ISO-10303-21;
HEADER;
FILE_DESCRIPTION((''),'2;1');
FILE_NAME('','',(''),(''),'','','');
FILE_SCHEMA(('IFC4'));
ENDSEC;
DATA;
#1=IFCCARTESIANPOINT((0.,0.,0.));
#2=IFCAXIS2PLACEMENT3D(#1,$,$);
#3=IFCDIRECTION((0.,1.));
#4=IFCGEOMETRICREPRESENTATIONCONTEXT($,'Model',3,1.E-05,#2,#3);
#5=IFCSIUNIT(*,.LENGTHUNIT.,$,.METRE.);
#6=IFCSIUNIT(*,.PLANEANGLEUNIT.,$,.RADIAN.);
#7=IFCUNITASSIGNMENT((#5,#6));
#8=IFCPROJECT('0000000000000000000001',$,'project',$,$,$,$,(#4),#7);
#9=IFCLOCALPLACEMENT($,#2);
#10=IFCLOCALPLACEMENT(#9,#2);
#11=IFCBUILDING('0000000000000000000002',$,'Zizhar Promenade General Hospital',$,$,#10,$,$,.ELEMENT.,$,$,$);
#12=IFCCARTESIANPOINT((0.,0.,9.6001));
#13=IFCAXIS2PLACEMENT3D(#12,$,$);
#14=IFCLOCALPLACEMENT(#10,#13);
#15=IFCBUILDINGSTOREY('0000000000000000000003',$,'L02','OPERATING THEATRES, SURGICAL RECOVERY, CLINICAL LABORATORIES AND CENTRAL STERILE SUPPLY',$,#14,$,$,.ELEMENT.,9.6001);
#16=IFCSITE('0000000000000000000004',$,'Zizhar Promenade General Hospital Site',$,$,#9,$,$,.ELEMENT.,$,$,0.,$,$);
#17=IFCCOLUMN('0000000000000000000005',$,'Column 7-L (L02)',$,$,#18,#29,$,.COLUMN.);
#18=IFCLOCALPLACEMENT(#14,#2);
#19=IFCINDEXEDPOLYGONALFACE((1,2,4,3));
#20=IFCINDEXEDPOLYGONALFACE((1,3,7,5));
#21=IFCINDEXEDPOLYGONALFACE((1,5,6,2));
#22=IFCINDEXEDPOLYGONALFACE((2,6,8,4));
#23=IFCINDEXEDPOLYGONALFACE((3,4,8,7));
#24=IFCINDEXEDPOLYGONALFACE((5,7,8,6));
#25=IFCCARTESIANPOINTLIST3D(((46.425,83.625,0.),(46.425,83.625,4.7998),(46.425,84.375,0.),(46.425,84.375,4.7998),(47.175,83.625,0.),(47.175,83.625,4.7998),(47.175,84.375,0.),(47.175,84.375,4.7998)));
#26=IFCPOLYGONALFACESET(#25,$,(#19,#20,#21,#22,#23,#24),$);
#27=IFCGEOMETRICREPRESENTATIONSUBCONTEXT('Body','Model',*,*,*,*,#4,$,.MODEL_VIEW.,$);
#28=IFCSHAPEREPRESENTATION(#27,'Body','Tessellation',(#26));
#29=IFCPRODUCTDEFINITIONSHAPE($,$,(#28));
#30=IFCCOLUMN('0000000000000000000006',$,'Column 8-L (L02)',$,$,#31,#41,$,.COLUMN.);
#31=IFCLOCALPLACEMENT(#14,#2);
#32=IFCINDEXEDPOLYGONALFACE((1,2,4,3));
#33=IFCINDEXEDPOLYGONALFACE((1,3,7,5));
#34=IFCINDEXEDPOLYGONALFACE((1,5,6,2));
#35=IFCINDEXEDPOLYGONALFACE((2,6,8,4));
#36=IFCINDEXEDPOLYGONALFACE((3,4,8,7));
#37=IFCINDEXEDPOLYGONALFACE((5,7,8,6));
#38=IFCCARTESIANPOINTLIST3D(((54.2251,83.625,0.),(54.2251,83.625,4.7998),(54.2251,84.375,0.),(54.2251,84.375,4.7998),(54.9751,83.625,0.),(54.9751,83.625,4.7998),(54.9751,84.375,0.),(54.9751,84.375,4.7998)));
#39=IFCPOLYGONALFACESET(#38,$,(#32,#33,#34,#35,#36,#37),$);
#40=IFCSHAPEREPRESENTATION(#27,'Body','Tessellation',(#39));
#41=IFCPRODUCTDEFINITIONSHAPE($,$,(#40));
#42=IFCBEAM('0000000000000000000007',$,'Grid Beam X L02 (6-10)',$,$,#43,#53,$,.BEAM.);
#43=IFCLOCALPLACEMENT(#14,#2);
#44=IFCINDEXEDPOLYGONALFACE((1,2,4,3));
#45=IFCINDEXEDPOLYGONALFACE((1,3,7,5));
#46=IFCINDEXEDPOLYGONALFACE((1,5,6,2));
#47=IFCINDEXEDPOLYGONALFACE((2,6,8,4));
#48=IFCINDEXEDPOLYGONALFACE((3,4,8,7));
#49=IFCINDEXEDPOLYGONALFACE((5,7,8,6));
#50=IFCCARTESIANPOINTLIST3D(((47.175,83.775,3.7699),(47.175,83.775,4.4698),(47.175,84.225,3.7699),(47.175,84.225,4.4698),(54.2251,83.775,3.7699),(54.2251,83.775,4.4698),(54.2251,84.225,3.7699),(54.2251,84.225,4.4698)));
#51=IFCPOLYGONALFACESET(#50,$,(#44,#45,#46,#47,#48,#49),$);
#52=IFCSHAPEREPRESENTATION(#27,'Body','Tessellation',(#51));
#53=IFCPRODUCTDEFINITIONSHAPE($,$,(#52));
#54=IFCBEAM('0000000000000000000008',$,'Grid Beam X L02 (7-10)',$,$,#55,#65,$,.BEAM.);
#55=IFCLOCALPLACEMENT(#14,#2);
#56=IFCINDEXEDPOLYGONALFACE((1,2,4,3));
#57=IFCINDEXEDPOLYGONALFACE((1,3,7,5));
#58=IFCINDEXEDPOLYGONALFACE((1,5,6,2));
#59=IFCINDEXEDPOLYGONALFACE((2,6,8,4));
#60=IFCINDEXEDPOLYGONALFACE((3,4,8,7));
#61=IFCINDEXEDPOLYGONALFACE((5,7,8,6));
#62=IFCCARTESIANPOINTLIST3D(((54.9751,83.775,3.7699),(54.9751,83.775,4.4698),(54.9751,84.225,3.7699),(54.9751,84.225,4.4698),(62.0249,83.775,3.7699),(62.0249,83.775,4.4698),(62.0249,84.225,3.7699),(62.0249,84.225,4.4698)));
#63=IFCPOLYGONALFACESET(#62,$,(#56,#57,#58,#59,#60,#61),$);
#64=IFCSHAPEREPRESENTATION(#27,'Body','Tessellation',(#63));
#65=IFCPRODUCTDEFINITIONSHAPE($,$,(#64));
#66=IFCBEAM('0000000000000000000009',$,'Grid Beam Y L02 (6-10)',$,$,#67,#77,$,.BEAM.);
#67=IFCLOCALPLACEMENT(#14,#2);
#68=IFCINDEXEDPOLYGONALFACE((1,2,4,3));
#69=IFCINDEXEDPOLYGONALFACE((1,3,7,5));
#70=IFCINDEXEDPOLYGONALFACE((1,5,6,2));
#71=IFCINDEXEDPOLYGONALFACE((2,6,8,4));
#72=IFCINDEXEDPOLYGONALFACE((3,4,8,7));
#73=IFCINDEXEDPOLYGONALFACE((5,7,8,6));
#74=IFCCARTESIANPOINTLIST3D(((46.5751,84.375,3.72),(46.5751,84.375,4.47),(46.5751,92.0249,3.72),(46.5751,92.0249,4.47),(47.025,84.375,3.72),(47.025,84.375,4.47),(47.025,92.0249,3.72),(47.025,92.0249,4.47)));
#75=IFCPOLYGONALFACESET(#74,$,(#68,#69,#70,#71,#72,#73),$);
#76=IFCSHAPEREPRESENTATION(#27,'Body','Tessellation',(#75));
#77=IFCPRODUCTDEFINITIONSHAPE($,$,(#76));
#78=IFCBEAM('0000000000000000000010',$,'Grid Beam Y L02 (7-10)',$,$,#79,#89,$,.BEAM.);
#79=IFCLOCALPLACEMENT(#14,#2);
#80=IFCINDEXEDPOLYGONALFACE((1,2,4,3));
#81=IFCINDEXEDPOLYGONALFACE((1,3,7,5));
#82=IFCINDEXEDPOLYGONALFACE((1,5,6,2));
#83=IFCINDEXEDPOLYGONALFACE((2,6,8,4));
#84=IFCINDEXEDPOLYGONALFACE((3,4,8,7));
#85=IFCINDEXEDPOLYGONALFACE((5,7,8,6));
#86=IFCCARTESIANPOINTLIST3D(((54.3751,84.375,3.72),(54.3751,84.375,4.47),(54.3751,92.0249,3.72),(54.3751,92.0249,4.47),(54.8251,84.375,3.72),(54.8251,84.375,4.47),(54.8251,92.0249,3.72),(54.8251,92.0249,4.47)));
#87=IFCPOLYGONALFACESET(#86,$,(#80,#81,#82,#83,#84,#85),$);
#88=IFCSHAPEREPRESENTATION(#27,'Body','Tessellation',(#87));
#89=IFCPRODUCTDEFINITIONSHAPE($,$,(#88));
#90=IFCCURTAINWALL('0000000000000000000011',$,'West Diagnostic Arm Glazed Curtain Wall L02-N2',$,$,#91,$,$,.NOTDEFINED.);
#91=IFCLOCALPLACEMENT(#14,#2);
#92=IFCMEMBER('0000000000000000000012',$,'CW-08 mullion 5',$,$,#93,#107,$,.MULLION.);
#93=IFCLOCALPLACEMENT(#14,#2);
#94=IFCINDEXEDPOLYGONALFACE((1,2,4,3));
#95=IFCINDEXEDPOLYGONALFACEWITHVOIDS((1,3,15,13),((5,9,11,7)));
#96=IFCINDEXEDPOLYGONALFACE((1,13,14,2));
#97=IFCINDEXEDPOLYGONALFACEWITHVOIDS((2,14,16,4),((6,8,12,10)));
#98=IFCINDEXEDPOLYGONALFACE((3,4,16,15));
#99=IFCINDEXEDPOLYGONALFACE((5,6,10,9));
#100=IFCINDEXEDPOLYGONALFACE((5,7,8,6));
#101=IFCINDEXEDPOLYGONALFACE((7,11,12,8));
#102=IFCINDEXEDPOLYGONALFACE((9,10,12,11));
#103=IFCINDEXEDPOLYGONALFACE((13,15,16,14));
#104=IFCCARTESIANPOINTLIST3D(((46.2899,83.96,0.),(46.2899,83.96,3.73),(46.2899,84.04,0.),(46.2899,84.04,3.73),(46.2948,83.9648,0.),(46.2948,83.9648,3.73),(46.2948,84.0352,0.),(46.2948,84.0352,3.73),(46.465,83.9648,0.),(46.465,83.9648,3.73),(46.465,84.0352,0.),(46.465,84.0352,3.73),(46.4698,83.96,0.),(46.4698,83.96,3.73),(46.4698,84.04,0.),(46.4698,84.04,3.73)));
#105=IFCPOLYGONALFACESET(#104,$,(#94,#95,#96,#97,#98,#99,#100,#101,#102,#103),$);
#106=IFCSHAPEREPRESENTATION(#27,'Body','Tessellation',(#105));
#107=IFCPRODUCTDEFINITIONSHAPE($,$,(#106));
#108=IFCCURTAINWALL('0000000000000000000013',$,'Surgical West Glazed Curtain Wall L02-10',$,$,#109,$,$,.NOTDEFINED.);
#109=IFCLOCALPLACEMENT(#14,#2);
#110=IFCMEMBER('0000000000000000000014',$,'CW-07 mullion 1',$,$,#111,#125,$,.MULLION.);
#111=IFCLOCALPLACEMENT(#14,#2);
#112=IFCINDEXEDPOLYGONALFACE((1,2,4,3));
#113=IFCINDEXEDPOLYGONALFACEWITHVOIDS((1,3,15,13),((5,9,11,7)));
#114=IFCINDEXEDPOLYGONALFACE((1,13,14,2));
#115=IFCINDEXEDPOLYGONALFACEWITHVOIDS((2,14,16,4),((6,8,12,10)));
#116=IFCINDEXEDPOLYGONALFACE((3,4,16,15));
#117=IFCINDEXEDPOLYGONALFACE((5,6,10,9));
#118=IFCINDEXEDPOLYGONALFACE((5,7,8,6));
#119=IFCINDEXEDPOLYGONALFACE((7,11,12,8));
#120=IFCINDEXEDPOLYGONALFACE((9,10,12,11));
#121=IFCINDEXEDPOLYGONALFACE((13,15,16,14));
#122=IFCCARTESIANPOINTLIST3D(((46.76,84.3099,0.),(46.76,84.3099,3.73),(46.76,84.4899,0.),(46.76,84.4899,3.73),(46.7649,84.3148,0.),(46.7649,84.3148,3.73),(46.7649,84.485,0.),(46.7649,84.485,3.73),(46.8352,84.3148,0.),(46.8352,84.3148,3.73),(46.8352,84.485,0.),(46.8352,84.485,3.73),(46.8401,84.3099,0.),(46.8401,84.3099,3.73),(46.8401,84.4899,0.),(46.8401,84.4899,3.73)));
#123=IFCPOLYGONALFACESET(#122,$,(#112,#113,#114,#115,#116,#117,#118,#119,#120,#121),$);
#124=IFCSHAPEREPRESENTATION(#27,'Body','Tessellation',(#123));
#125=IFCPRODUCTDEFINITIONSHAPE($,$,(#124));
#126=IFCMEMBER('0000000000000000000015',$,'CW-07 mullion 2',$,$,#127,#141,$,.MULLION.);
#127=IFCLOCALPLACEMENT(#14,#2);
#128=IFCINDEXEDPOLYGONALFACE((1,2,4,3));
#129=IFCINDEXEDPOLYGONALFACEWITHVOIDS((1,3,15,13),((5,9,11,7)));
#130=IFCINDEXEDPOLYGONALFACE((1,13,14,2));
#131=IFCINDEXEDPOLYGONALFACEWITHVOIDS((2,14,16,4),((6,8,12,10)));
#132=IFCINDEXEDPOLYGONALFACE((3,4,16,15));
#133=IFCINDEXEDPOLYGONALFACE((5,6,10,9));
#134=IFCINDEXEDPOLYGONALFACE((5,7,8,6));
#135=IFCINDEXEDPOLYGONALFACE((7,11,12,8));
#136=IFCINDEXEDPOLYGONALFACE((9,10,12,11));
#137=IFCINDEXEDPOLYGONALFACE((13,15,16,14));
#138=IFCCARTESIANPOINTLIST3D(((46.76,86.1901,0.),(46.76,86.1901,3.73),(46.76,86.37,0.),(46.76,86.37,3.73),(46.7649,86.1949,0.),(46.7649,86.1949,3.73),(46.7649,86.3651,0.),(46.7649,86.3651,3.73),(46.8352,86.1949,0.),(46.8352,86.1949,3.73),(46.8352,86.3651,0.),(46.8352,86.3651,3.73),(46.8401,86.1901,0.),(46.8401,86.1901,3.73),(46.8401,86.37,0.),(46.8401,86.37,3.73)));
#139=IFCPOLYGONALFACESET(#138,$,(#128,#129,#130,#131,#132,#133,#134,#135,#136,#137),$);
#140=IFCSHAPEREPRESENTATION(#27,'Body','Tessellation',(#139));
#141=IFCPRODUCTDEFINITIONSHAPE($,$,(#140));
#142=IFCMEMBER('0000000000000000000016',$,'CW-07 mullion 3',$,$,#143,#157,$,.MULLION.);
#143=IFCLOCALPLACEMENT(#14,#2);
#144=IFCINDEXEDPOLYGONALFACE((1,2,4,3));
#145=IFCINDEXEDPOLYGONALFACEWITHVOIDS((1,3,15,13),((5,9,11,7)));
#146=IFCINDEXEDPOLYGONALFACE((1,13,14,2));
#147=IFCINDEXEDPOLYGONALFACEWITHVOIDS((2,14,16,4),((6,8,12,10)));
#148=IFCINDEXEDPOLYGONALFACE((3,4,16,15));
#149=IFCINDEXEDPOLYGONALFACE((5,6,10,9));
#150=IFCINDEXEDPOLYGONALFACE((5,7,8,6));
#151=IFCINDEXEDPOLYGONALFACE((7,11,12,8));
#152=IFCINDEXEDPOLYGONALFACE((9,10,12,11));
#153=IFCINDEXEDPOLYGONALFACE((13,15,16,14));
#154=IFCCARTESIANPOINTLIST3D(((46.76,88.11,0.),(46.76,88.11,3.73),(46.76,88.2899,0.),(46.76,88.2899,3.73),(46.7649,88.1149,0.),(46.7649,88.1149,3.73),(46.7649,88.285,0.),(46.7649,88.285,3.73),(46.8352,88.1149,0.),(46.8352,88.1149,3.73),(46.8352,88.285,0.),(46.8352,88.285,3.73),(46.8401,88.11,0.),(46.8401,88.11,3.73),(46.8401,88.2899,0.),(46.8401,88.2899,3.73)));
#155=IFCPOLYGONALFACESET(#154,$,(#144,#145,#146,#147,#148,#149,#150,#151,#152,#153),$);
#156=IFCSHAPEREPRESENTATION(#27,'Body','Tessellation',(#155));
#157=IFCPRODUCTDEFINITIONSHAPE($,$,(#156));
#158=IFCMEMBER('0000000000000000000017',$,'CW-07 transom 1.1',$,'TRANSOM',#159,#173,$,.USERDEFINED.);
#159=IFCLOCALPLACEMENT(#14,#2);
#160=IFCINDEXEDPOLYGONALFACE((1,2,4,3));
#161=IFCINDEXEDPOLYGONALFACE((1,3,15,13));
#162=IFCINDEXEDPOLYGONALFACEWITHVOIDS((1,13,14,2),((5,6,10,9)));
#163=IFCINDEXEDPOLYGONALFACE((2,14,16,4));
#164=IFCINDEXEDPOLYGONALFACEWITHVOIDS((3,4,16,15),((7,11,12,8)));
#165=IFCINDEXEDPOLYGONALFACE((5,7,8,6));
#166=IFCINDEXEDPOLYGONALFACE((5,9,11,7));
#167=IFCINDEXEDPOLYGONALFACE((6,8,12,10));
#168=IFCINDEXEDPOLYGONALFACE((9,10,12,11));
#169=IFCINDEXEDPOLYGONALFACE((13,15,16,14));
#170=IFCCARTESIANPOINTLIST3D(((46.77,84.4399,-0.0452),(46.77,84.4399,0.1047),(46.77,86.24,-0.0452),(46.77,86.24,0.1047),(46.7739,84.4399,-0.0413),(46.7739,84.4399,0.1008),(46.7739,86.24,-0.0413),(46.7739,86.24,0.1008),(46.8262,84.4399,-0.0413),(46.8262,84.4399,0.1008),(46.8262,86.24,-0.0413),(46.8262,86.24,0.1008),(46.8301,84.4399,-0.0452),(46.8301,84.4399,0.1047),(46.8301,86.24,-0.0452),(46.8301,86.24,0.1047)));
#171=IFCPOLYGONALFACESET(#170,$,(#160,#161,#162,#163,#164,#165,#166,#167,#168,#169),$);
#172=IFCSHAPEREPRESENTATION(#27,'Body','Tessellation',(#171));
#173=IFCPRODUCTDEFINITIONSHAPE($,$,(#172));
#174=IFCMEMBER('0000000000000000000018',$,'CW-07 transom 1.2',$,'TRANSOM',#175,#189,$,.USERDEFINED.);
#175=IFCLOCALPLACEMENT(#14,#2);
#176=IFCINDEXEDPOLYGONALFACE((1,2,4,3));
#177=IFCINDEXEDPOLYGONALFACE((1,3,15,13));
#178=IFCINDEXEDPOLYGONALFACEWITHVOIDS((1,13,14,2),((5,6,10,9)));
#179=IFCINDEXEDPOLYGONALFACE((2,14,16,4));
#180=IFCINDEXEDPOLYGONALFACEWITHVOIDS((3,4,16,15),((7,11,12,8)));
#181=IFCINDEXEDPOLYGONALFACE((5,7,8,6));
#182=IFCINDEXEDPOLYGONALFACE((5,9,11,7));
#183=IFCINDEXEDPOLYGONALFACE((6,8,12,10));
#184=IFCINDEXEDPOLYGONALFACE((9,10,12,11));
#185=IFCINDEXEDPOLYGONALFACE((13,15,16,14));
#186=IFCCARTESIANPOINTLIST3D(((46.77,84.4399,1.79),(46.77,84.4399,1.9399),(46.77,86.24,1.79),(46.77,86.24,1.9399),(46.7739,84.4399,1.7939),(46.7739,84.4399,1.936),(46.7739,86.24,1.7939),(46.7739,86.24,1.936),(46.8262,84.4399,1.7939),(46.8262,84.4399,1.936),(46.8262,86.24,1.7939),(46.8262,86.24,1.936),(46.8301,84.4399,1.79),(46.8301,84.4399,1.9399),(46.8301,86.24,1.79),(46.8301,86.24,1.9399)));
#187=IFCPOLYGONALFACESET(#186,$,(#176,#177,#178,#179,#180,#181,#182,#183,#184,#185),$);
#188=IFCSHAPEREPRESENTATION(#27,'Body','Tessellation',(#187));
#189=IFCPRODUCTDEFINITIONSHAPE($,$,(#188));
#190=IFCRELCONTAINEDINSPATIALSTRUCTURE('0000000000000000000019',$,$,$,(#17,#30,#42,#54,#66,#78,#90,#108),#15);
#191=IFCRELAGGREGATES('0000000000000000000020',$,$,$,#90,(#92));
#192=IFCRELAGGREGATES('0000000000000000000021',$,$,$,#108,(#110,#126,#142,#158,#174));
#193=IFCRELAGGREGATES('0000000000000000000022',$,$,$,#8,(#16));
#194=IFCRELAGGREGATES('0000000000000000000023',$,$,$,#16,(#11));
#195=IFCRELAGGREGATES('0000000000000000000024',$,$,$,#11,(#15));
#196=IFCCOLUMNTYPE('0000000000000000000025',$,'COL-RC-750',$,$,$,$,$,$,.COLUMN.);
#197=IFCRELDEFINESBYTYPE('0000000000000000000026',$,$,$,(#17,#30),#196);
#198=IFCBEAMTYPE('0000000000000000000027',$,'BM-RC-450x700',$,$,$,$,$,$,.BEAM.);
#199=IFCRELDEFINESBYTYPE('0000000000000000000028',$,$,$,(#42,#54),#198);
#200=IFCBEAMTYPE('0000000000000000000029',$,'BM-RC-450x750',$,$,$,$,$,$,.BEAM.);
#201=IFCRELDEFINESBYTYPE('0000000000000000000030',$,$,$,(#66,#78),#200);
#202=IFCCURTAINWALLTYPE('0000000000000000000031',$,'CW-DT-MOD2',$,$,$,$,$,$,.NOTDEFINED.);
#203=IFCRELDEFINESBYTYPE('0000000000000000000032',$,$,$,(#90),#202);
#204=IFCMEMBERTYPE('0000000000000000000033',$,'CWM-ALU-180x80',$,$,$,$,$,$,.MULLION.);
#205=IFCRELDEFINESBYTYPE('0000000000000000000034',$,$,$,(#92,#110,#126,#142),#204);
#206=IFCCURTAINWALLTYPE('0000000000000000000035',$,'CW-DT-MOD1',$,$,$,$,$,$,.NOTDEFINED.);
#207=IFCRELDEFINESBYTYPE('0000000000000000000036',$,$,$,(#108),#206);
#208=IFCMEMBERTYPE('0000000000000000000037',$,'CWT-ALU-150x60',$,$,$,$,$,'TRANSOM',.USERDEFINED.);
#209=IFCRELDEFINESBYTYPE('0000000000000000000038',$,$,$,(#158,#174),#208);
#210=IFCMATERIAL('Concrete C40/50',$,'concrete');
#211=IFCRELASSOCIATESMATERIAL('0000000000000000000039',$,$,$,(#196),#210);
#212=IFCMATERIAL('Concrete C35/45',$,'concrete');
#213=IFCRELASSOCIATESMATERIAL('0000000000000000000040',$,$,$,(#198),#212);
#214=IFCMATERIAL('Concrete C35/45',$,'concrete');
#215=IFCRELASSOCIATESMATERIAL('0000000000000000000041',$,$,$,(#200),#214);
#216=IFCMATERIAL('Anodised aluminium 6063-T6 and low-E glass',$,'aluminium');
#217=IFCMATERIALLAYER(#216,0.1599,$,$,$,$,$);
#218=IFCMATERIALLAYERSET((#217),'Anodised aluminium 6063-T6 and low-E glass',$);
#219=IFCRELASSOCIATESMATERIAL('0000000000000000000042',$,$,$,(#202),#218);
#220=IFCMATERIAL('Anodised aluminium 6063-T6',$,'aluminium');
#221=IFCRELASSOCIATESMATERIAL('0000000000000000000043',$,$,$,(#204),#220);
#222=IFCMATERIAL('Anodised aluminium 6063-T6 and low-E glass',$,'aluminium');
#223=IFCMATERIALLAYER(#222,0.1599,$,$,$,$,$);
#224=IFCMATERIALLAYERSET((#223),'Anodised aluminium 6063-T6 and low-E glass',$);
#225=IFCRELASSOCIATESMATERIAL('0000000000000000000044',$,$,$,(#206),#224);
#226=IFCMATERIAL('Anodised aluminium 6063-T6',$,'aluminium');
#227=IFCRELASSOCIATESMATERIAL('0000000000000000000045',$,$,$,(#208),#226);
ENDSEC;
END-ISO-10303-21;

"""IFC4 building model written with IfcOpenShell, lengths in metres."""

from ifc_helpers import new_model, si_unit, direction, frame, origin, origin_2d, place, context, subcontext, project, spatial, rectangle, hollow_rectangle, extrude, material, layer, layer_set, material_profile, profile_set, type_object, element, aggregate, save


model = new_model("IFC4")

# Units and contexts
model_context = context("Model", 3, precision=1e-05, world=origin(), true_north=direction((0.0, 1.0)))
body_context = subcontext(model_context, "Body", "Model", "MODEL_VIEW")
ifc_project = project(units=[si_unit("LENGTHUNIT", "METRE"), si_unit("PLANEANGLEUNIT", "RADIAN")], contexts=[model_context])

# Site, building, storey
site_placement = place(None, origin())
site = spatial("IfcSite", under=ifc_project, at=site_placement, Name="Zizhar Promenade General Hospital Site", CompositionType="ELEMENT", RefElevation=0.0)
building_placement = place(site_placement, origin())
building = spatial("IfcBuilding", under=site, at=building_placement, Name="Zizhar Promenade General Hospital", CompositionType="ELEMENT")
storey_placement = place(building_placement, frame((0.0, 0.0, 9.6001)))
storey = spatial("IfcBuildingStorey", under=building, at=storey_placement, Name="L02", Description="OPERATING THEATRES, SURGICAL RECOVERY, CLINICAL LABORATORIES AND CENTRAL STERILE SUPPLY", CompositionType="ELEMENT", Elevation=9.6001)

# Columns
ifc_material_1 = material(Name="Concrete C40/50", Category="concrete")
ifc_material_profile_1 = material_profile(ifc_material_1, rectangle(XDim=0.75, YDim=0.75, at=origin_2d()))
ifc_profile_set_1 = profile_set([ifc_material_profile_1], Name="Concrete C40/50")
column_type = type_object("IfcColumnType", Name="COL-RC-750", PredefinedType="COLUMN", material=ifc_profile_set_1)
for number, where, z_axis, x_axis, name in (
    (1, (46.8, 84.0, 0.0), (0.0, 0.0, 1.0), (1.0, 0.0, 0.0), "Column 7-L (L02)"),
    (2, (54.6001, 84.0, 0.0), (0.0, 0.0, 1.0), (1.0, 0.0, 0.0), "Column 8-L (L02)"),
):
    element("IfcColumn", number, at=place(storey_placement, frame(where, z_axis=z_axis, x_axis=x_axis)), inside=storey, type_object=column_type, Name=name, PredefinedType="COLUMN", context=body_context, shape_type="SweptSolid", body=[
        extrude(rectangle(XDim=0.75, YDim=0.75, at=origin_2d()), origin(), (0.0, 0.0, 1.0), 4.7998),
    ])

# Beams
ifc_material_2 = material(Name="Concrete C35/45", Category="concrete")
ifc_material_profile_2 = material_profile(ifc_material_2, rectangle(XDim=0.45, YDim=0.7, at=origin_2d()))
ifc_profile_set_2 = profile_set([ifc_material_profile_2], Name="Concrete C35/45")
beam_type_1 = type_object("IfcBeamType", Name="BM-RC-450x700", PredefinedType="BEAM", material=ifc_profile_set_2)
beam_1_placement = place(storey_placement, frame((47.175, 84.0, 4.1199), z_axis=(1.0, 0.0, 0.0), x_axis=(0.0, 1.0, 0.0)))
element("IfcBeam", 3, at=beam_1_placement, inside=storey, type_object=beam_type_1, Name="Grid Beam X L02 (6-10)", PredefinedType="BEAM", context=body_context, shape_type="SweptSolid", body=[
    extrude(rectangle(XDim=0.45, YDim=0.7, at=origin_2d()), origin(), (0.0, 0.0, 1.0), 7.05),
])
beam_2_placement = place(storey_placement, frame((54.9751, 84.0, 4.1199), z_axis=(1.0, 0.0, 0.0), x_axis=(0.0, 1.0, 0.0)))
element("IfcBeam", 4, at=beam_2_placement, inside=storey, type_object=beam_type_1, Name="Grid Beam X L02 (7-10)", PredefinedType="BEAM", context=body_context, shape_type="SweptSolid", body=[
    extrude(rectangle(XDim=0.45, YDim=0.7, at=origin_2d()), origin(), (0.0, 0.0, 1.0), 7.0498),
])
ifc_material_3 = material(Name="Concrete C35/45", Category="concrete")
ifc_material_profile_3 = material_profile(ifc_material_3, rectangle(XDim=0.45, YDim=0.75, at=origin_2d()))
ifc_profile_set_3 = profile_set([ifc_material_profile_3], Name="Concrete C35/45")
beam_type_2 = type_object("IfcBeamType", Name="BM-RC-450x750", PredefinedType="BEAM", material=ifc_profile_set_3)
for number, where, z_axis, x_axis, name in (
    (5, (46.8, 84.375, 4.095), (0.0, 1.0, 0.0), (-1.0, 0.0, 0.0), "Grid Beam Y L02 (6-10)"),
    (6, (54.6001, 84.375, 4.095), (0.0, 1.0, 0.0), (-1.0, 0.0, 0.0), "Grid Beam Y L02 (7-10)"),
):
    element("IfcBeam", number, at=place(storey_placement, frame(where, z_axis=z_axis, x_axis=x_axis)), inside=storey, type_object=beam_type_2, Name=name, PredefinedType="BEAM", context=body_context, shape_type="SweptSolid", body=[
        extrude(rectangle(XDim=0.45, YDim=0.75, at=origin_2d()), origin(), (0.0, 0.0, 1.0), 7.6499),
    ])

# Curtain wall, member
ifc_material_4 = material(Name="Anodised aluminium 6063-T6 and low-E glass", Category="aluminium")
ifc_layer_1 = layer(ifc_material_4, 0.1599)
ifc_layer_set_1 = layer_set([ifc_layer_1], Name="Anodised aluminium 6063-T6 and low-E glass")
curtain_wall_type_1 = type_object("IfcCurtainWallType", Name="CW-DT-MOD2", PredefinedType="NOTDEFINED", material=ifc_layer_set_1)
curtain_wall_1_placement = place(storey_placement, origin())
curtain_wall_1 = element("IfcCurtainWall", 7, at=curtain_wall_1_placement, inside=storey, type_object=curtain_wall_type_1, Name="West Diagnostic Arm Glazed Curtain Wall L02-N2", PredefinedType="NOTDEFINED")
ifc_material_5 = material(Name="Anodised aluminium 6063-T6", Category="aluminium")
ifc_material_profile_4 = material_profile(ifc_material_5, hollow_rectangle(XDim=0.0801, YDim=0.1799, WallThickness=0.0049, at=origin_2d()))
ifc_profile_set_4 = profile_set([ifc_material_profile_4], Name="Anodised aluminium 6063-T6")
member_type_1 = type_object("IfcMemberType", Name="CWM-ALU-180x80", PredefinedType="MULLION", material=ifc_profile_set_4)
member_1_placement = place(storey_placement, frame((46.3799, 84.0, 0.0), z_axis=(0.0, 0.0, 1.0), x_axis=(0.0, 1.0, 0.0)))
member_1 = element("IfcMember", 8, at=member_1_placement, type_object=member_type_1, Name="CW-08 mullion 5", PredefinedType="MULLION", context=body_context, shape_type="SweptSolid", body=[
    extrude(hollow_rectangle(XDim=0.0801, YDim=0.1799, WallThickness=0.0049, at=origin_2d()), origin(), (0.0, 0.0, 1.0), 3.73),
])
aggregate(curtain_wall_1, [member_1])

# Curtain wall, members
ifc_material_6 = material(Name="Anodised aluminium 6063-T6 and low-E glass", Category="aluminium")
ifc_layer_2 = layer(ifc_material_6, 0.1599)
ifc_layer_set_2 = layer_set([ifc_layer_2], Name="Anodised aluminium 6063-T6 and low-E glass")
curtain_wall_type_2 = type_object("IfcCurtainWallType", Name="CW-DT-MOD1", PredefinedType="NOTDEFINED", material=ifc_layer_set_2)
curtain_wall_2_placement = place(storey_placement, origin())
curtain_wall_2 = element("IfcCurtainWall", 9, at=curtain_wall_2_placement, inside=storey, type_object=curtain_wall_type_2, Name="Surgical West Glazed Curtain Wall L02-10", PredefinedType="NOTDEFINED")
member_2_placement = place(storey_placement, frame((46.8, 84.3999, 0.0), z_axis=(0.0, 0.0, 1.0), x_axis=(-1.0, 0.0, 0.0)))
member_2 = element("IfcMember", 10, at=member_2_placement, type_object=member_type_1, Name="CW-07 mullion 1", PredefinedType="MULLION", context=body_context, shape_type="SweptSolid", body=[
    extrude(hollow_rectangle(XDim=0.0801, YDim=0.1799, WallThickness=0.0049, at=origin_2d()), origin(), (0.0, 0.0, 1.0), 3.73),
])
member_3_placement = place(storey_placement, frame((46.8, 86.28, 0.0), z_axis=(0.0, 0.0, 1.0), x_axis=(-1.0, 0.0, 0.0)))
member_3 = element("IfcMember", 11, at=member_3_placement, type_object=member_type_1, Name="CW-07 mullion 2", PredefinedType="MULLION", context=body_context, shape_type="SweptSolid", body=[
    extrude(hollow_rectangle(XDim=0.0801, YDim=0.1799, WallThickness=0.0049, at=origin_2d()), origin(), (0.0, 0.0, 1.0), 3.73),
])
member_4_placement = place(storey_placement, frame((46.8, 88.2, 0.0), z_axis=(0.0, 0.0, 1.0), x_axis=(-1.0, 0.0, 0.0)))
member_4 = element("IfcMember", 12, at=member_4_placement, type_object=member_type_1, Name="CW-07 mullion 3", PredefinedType="MULLION", context=body_context, shape_type="SweptSolid", body=[
    extrude(hollow_rectangle(XDim=0.0801, YDim=0.1799, WallThickness=0.0049, at=origin_2d()), origin(), (0.0, 0.0, 1.0), 3.73),
])
ifc_material_7 = material(Name="Anodised aluminium 6063-T6", Category="aluminium")
ifc_material_profile_5 = material_profile(ifc_material_7, hollow_rectangle(XDim=0.0601, YDim=0.1499, WallThickness=0.0039, at=origin_2d()))
ifc_profile_set_5 = profile_set([ifc_material_profile_5], Name="Anodised aluminium 6063-T6")
member_type_2 = type_object("IfcMemberType", Name="CWT-ALU-150x60", ElementType="TRANSOM", PredefinedType="USERDEFINED", material=ifc_profile_set_5)
member_5_placement = place(storey_placement, frame((46.8, 84.4399, 0.0298), z_axis=(0.0, 1.0, 0.0), x_axis=(-1.0, 0.0, 0.0)))
member_5 = element("IfcMember", 13, at=member_5_placement, type_object=member_type_2, Name="CW-07 transom 1.1", ObjectType="TRANSOM", PredefinedType="USERDEFINED", context=body_context, shape_type="SweptSolid", body=[
    extrude(hollow_rectangle(XDim=0.0601, YDim=0.1499, WallThickness=0.0039, at=origin_2d()), origin(), (0.0, 0.0, 1.0), 1.8),
])
member_6_placement = place(storey_placement, frame((46.8, 84.4399, 1.865), z_axis=(0.0, 1.0, 0.0), x_axis=(-1.0, 0.0, 0.0)))
member_6 = element("IfcMember", 14, at=member_6_placement, type_object=member_type_2, Name="CW-07 transom 1.2", ObjectType="TRANSOM", PredefinedType="USERDEFINED", context=body_context, shape_type="SweptSolid", body=[
    extrude(hollow_rectangle(XDim=0.0601, YDim=0.1499, WallThickness=0.0039, at=origin_2d()), origin(), (0.0, 0.0, 1.0), 1.8),
])
aggregate(curtain_wall_2, [member_2, member_3, member_4, member_5, member_6])

save(model, "model.ifc")
